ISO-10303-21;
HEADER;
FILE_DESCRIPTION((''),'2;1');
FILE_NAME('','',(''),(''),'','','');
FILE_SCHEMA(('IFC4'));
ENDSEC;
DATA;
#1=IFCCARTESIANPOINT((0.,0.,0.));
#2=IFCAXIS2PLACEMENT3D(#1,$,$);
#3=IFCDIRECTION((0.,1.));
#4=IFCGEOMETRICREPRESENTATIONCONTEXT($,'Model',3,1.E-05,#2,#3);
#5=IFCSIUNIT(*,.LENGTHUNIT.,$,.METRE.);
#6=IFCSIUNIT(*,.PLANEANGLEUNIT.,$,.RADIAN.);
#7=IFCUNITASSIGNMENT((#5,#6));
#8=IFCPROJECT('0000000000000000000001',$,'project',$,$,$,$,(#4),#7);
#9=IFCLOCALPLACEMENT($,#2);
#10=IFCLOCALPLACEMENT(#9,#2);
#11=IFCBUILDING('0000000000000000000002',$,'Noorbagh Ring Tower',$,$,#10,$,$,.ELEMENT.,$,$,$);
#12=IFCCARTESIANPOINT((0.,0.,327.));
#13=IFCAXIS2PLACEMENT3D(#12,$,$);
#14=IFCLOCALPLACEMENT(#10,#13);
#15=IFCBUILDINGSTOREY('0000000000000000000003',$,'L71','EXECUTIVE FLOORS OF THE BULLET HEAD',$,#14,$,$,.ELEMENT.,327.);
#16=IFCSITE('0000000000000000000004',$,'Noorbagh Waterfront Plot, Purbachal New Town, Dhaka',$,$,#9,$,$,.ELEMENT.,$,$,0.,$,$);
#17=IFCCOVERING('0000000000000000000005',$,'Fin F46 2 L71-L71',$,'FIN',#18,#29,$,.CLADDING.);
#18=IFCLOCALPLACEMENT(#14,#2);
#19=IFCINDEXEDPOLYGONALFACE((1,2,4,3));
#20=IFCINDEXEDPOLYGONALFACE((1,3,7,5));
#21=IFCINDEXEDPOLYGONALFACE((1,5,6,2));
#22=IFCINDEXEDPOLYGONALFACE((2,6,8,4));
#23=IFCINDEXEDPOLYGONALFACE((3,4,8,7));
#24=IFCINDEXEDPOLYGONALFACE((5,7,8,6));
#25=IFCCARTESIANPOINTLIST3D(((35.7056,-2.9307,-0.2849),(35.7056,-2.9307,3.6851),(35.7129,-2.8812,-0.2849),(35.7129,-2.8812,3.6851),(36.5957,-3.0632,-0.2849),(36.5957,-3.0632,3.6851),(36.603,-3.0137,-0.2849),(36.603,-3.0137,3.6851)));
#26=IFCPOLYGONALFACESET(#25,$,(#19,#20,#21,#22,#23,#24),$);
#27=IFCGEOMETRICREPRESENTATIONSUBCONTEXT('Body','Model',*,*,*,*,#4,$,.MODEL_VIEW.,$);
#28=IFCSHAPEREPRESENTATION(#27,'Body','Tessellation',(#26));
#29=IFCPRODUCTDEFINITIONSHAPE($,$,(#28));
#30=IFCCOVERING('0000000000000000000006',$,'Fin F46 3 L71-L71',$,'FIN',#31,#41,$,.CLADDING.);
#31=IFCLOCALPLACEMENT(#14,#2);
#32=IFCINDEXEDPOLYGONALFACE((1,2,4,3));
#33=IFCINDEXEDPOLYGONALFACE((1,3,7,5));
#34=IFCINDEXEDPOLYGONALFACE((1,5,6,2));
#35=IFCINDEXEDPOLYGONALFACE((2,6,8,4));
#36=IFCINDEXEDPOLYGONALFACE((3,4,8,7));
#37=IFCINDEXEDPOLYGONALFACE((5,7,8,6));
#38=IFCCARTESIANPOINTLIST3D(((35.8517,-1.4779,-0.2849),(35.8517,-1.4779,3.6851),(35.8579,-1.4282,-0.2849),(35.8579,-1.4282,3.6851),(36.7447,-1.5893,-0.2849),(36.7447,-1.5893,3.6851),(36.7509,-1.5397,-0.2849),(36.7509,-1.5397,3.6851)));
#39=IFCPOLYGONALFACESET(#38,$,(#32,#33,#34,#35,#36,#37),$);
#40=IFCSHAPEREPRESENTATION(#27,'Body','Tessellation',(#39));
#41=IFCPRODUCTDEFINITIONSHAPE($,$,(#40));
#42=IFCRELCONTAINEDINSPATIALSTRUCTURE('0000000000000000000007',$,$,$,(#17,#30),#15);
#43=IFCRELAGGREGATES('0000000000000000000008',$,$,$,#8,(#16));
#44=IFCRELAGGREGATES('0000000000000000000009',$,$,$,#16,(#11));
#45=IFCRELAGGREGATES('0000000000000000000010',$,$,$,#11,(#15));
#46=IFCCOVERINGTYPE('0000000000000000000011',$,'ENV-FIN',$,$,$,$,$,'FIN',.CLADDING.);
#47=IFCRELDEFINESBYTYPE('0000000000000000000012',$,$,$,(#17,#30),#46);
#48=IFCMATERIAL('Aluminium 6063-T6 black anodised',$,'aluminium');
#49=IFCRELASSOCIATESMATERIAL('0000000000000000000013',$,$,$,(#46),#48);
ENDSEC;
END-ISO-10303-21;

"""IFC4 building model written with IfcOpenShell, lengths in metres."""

from ifc_helpers import new_model, si_unit, direction, frame, origin, origin_2d, place, context, subcontext, project, spatial, rectangle, extrude, material, material_profile, profile_set, type_object, element, save


model = new_model("IFC4")

# Units and contexts
model_context = context("Model", 3, precision=1e-05, world=origin(), true_north=direction((0.0, 1.0)))
body_context = subcontext(model_context, "Body", "Model", "MODEL_VIEW")
ifc_project = project(units=[si_unit("LENGTHUNIT", "METRE"), si_unit("PLANEANGLEUNIT", "RADIAN")], contexts=[model_context])

# Site, building, storey
site_placement = place(None, origin())
site = spatial("IfcSite", under=ifc_project, at=site_placement, Name="Noorbagh Waterfront Plot, Purbachal New Town, Dhaka", CompositionType="ELEMENT", RefElevation=0.0)
building_placement = place(site_placement, origin())
building = spatial("IfcBuilding", under=site, at=building_placement, Name="Noorbagh Ring Tower", CompositionType="ELEMENT")
storey_placement = place(building_placement, frame((0.0, 0.0, 327.0)))
storey = spatial("IfcBuildingStorey", under=building, at=storey_placement, Name="L71", Description="EXECUTIVE FLOORS OF THE BULLET HEAD", CompositionType="ELEMENT", Elevation=327.0)

# Coverings
ifc_material_1 = material(Name="Aluminium 6063-T6 black anodised", Category="aluminium")
ifc_material_profile_1 = material_profile(ifc_material_1, rectangle(XDim=0.8999, YDim=0.05, at=origin_2d()), Name="900x50")
ifc_profile_set_1 = profile_set([ifc_material_profile_1], Name="Aluminium 6063-T6 black anodised")
covering_type = type_object("IfcCoveringType", Name="ENV-FIN", ElementType="FIN", PredefinedType="CLADDING", material=ifc_profile_set_1)
for number, where, z_axis, x_axis, name in (
    (1, (36.1543, -2.9722, -0.2849), (0.0, 0.0, 1.0), (0.989103, -0.147226, 0.0), "Fin F46 2 L71-L71"),
    (2, (36.3013, -1.5088, -0.2849), (0.0, 0.0, 1.0), (0.992303, -0.123835, 0.0), "Fin F46 3 L71-L71"),
):
    element("IfcCovering", number, at=place(storey_placement, frame(where, z_axis=z_axis, x_axis=x_axis)), inside=storey, type_object=covering_type, Name=name, ObjectType="FIN", PredefinedType="CLADDING", context=body_context, shape_type="SweptSolid", body=[
        extrude(rectangle(XDim=0.8999, YDim=0.05, at=origin_2d()), origin(), (0.0, 0.0, 1.0), 3.97),
    ])

save(model, "model.ifc")
